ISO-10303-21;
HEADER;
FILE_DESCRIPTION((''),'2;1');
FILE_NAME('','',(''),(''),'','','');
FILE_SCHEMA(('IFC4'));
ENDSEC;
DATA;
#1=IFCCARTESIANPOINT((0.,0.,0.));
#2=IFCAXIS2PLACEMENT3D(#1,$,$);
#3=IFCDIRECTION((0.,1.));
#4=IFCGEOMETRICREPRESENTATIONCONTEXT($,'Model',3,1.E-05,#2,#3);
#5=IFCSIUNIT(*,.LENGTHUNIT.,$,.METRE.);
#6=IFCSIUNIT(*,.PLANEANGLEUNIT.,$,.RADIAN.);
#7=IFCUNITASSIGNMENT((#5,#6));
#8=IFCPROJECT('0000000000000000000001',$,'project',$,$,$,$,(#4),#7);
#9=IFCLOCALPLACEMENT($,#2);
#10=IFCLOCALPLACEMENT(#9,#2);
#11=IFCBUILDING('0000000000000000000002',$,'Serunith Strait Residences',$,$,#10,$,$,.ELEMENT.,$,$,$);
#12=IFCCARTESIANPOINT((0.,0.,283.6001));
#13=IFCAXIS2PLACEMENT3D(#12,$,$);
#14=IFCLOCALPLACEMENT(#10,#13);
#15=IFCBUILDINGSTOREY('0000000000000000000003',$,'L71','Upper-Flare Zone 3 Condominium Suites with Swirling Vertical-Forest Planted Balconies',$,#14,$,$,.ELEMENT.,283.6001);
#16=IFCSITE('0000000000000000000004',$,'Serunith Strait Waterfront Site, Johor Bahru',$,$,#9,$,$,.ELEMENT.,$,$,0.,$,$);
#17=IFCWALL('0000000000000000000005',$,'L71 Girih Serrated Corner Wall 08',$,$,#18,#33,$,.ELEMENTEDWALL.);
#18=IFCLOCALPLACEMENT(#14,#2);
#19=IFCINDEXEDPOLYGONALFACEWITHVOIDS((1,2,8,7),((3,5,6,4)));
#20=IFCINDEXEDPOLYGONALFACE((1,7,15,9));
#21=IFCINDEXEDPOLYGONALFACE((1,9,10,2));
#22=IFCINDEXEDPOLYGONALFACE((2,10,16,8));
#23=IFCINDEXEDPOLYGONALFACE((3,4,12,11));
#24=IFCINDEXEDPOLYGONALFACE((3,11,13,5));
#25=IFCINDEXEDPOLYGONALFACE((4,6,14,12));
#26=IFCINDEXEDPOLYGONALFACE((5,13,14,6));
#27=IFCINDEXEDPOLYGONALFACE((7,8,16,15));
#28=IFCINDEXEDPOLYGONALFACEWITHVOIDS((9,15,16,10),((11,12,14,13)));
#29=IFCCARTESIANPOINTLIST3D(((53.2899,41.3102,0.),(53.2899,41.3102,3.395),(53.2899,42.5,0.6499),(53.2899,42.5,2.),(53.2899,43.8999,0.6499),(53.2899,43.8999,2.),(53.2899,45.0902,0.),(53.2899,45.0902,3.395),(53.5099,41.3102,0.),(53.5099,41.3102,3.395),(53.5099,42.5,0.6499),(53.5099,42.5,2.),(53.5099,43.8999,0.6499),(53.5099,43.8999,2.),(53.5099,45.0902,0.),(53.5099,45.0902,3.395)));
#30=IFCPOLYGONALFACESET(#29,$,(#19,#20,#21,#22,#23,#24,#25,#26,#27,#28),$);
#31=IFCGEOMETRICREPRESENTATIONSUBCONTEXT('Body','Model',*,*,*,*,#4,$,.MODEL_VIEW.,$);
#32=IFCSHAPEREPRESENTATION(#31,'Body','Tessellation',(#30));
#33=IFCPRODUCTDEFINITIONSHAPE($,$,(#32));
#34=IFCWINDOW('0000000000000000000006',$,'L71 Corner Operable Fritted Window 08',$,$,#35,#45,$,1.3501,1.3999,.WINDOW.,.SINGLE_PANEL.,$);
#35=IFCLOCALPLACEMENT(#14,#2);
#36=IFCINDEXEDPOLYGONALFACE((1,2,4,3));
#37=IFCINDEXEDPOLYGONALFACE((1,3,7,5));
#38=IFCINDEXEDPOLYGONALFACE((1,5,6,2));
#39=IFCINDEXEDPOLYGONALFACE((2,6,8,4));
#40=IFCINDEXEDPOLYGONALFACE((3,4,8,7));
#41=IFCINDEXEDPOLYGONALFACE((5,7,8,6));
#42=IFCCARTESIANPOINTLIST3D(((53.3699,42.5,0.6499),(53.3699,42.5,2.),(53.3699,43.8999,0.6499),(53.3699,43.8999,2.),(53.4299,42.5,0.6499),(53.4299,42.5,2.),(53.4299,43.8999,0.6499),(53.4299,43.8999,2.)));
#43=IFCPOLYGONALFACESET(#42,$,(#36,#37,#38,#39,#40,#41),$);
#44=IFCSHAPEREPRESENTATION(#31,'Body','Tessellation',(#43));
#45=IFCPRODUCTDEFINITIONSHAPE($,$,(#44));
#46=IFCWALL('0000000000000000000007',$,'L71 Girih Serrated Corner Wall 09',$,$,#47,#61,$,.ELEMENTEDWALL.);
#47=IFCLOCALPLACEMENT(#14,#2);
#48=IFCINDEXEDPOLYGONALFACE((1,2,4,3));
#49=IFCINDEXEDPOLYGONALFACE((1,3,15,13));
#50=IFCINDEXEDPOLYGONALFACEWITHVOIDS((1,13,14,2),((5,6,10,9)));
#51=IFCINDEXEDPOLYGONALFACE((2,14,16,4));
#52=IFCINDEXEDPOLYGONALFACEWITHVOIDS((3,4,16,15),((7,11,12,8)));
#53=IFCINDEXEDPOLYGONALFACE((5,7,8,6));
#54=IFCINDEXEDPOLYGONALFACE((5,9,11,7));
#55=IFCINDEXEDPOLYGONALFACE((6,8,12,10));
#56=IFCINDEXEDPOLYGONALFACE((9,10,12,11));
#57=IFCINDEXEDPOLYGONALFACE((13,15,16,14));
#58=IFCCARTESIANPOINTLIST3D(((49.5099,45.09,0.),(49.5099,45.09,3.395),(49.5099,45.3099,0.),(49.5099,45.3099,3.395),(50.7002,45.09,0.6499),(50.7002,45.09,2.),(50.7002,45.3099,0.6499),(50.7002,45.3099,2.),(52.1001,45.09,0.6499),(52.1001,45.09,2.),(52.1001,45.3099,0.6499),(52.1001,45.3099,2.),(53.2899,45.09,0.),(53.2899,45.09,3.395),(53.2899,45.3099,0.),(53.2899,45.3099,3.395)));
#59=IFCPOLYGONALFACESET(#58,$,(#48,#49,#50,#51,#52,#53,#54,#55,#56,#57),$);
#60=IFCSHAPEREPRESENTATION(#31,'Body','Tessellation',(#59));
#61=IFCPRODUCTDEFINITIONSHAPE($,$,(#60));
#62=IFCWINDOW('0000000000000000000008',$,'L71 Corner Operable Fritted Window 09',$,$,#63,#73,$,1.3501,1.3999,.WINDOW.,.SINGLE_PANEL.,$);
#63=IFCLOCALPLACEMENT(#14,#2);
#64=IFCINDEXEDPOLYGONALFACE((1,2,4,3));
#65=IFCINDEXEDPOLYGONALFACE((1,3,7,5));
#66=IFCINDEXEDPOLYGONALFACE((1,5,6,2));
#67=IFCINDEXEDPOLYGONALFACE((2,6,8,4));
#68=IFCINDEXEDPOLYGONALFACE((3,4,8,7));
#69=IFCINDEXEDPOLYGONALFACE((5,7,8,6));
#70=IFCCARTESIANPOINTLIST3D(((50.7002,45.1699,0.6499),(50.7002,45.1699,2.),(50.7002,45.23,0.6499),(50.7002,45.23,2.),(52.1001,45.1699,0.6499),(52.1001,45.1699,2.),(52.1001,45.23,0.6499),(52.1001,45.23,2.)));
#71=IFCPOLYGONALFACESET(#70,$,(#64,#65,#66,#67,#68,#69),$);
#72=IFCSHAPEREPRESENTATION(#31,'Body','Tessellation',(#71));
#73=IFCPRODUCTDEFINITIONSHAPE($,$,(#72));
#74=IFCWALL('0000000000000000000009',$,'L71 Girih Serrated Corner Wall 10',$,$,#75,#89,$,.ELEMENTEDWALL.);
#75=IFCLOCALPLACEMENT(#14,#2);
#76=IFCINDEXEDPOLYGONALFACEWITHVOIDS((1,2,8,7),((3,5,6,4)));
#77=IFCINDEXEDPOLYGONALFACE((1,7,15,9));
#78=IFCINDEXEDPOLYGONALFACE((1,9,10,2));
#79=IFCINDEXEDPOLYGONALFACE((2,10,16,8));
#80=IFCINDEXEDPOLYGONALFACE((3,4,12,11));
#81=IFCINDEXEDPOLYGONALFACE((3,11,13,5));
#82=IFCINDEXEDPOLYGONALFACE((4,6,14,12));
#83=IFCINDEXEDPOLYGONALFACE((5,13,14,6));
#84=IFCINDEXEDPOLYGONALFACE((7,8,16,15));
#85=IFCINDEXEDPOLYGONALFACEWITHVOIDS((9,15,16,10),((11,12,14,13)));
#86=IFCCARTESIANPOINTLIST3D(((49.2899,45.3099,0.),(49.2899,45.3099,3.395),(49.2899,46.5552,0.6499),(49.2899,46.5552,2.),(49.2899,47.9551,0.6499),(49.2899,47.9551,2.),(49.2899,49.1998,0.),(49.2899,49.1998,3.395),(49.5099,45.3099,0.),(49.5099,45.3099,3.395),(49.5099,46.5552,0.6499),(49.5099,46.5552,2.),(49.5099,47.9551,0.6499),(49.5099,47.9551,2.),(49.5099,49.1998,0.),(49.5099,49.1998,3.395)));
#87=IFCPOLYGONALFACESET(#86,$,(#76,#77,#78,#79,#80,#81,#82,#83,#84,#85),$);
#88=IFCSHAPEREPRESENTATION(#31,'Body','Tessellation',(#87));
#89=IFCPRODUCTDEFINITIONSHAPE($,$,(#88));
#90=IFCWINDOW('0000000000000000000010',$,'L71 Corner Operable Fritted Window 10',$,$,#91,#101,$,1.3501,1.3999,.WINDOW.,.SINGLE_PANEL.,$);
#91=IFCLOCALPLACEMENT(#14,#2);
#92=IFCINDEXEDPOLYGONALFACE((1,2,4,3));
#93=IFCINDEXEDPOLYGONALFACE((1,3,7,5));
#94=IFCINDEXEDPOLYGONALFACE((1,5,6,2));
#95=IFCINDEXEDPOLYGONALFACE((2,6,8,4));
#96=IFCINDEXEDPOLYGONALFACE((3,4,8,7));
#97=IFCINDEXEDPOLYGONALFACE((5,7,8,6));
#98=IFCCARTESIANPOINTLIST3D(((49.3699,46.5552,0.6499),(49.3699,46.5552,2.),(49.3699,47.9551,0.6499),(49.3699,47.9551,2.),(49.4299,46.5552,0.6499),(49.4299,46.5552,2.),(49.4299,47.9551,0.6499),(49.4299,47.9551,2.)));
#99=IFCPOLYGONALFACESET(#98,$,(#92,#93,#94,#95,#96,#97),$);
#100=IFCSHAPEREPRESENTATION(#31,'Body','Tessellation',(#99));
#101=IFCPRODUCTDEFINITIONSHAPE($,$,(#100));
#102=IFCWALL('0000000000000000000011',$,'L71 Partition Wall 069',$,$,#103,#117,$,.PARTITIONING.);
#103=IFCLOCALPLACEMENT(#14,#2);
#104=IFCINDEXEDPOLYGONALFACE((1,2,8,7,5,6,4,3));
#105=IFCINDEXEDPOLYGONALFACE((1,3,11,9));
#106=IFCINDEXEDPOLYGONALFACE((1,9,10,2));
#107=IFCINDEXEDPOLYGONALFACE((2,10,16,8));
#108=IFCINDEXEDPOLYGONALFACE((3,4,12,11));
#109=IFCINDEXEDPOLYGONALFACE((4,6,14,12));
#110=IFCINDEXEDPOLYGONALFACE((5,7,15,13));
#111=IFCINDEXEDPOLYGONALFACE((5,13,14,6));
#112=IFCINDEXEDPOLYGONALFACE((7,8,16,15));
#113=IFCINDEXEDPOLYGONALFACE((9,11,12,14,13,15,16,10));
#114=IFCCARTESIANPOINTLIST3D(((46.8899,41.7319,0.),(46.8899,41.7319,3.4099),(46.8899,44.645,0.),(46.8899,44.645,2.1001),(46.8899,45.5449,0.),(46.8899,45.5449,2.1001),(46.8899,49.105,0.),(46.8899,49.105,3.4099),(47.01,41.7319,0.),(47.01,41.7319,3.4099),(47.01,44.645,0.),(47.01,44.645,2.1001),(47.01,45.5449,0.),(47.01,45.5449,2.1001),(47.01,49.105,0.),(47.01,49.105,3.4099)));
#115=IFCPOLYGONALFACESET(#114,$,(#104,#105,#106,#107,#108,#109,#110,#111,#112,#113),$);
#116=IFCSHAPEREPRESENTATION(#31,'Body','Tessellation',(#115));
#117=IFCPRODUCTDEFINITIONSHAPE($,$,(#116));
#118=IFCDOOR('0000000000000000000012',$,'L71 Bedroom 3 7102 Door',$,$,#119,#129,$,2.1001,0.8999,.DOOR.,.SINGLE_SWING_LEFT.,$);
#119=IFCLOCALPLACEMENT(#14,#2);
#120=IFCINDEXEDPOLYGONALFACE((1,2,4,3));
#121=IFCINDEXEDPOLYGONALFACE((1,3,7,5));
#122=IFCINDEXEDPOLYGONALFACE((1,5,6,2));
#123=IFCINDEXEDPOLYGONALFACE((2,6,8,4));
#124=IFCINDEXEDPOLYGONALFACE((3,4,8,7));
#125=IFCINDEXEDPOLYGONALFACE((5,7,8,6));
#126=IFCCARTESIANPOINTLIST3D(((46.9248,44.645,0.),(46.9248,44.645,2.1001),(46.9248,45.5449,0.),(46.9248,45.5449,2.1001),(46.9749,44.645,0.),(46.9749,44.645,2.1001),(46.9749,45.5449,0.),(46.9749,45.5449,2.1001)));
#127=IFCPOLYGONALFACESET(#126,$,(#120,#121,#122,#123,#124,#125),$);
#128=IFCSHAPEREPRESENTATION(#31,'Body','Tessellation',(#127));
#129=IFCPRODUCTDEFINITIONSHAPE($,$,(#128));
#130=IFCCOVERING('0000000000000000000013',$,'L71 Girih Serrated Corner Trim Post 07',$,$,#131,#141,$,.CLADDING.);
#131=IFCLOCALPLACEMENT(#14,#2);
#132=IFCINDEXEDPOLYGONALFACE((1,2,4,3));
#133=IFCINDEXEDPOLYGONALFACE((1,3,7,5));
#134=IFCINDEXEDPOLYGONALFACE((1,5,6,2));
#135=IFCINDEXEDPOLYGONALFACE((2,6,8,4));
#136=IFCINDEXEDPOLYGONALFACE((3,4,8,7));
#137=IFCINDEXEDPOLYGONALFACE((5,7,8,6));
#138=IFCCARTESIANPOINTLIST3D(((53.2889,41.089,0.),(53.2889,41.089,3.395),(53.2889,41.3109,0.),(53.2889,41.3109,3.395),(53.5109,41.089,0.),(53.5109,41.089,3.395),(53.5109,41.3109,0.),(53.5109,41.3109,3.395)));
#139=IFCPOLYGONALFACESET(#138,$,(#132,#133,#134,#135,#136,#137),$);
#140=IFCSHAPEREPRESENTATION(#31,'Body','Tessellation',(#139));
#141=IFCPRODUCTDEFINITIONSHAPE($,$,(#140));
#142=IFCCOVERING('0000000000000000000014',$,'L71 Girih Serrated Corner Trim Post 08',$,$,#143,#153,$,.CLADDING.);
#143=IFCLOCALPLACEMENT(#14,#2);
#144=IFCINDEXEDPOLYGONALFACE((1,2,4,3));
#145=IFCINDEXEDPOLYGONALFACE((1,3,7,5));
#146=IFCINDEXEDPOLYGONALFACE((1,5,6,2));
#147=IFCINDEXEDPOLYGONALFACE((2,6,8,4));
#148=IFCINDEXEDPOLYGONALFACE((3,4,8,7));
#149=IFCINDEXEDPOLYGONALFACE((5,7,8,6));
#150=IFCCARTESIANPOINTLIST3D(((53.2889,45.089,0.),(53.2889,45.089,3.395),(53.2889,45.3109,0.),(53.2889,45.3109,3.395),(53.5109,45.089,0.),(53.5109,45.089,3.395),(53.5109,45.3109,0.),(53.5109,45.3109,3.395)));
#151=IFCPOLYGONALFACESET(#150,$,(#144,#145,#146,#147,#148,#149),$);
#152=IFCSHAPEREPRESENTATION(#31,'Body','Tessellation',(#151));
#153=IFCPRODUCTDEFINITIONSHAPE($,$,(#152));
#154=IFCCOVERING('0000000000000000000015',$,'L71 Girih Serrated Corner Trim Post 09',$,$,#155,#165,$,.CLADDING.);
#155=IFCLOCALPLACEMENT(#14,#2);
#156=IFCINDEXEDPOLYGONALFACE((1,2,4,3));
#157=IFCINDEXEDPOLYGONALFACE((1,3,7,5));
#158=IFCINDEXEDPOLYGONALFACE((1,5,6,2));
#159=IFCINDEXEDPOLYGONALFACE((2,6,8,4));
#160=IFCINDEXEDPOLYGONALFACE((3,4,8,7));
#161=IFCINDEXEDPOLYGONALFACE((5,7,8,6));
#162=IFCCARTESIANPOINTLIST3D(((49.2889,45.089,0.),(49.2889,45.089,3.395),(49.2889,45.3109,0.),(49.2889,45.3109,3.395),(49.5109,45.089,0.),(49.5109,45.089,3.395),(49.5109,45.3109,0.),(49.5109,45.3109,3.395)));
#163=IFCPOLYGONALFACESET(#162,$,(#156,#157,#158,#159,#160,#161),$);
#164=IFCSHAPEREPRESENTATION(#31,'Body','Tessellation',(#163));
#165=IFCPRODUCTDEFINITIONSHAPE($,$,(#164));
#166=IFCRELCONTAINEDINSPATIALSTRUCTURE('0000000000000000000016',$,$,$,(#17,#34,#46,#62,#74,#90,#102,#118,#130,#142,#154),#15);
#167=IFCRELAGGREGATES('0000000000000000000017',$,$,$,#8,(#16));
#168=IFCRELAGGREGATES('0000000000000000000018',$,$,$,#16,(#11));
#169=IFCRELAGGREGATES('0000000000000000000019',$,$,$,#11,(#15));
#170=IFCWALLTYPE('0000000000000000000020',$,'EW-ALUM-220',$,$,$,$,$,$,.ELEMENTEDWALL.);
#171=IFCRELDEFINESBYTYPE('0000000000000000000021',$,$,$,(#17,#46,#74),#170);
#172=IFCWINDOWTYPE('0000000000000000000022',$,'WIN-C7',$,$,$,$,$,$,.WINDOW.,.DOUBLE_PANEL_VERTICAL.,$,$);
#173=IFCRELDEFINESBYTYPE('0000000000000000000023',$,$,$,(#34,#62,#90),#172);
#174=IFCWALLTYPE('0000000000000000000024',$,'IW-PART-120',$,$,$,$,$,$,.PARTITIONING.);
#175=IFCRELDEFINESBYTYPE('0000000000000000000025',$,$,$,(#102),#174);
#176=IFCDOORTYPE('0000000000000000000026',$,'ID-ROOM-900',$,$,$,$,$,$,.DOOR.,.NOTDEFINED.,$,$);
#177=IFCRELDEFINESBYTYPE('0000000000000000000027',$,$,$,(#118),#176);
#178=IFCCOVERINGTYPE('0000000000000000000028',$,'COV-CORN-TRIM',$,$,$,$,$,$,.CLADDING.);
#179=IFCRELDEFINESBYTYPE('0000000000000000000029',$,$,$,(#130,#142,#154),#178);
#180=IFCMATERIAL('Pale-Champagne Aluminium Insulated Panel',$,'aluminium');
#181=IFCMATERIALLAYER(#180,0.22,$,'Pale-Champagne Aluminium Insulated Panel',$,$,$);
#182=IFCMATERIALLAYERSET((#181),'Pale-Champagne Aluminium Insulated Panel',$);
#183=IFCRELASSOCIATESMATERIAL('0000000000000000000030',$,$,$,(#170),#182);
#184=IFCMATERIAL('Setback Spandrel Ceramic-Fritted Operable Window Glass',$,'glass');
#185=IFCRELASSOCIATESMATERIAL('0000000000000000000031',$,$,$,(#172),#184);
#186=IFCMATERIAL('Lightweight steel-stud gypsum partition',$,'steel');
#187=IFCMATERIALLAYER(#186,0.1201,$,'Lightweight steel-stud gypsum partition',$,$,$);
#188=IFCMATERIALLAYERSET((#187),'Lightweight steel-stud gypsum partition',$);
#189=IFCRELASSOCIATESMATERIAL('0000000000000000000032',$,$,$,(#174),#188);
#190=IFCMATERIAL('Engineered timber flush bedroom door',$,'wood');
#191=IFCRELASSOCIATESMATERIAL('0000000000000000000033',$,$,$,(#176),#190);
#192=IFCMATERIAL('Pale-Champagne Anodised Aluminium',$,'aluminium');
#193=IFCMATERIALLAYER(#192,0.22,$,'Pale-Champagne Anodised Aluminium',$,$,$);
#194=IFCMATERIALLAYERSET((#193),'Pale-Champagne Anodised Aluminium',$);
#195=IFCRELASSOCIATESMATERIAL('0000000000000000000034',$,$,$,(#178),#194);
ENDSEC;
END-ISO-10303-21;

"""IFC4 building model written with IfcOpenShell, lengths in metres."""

from ifc_helpers import new_model, si_unit, direction, frame, frame_2d, origin, origin_2d, place, context, subcontext, project, spatial, rectangle, extrude, source, transform, mapped, material, layer, layer_set, type_object, element, fill, save


model = new_model("IFC4")

# Units and contexts
model_context = context("Model", 3, precision=1e-05, world=origin(), true_north=direction((0.0, 1.0)))
body_context = subcontext(model_context, "Body", "Model", "MODEL_VIEW")
ifc_project = project(units=[si_unit("LENGTHUNIT", "METRE"), si_unit("PLANEANGLEUNIT", "RADIAN")], contexts=[model_context])

# Site, building, storey
site_placement = place(None, origin())
site = spatial("IfcSite", under=ifc_project, at=site_placement, Name="Serunith Strait Waterfront Site, Johor Bahru", CompositionType="ELEMENT", RefElevation=0.0)
building_placement = place(site_placement, origin())
building = spatial("IfcBuilding", under=site, at=building_placement, Name="Serunith Strait Residences", CompositionType="ELEMENT")
storey_placement = place(building_placement, frame((0.0, 0.0, 283.6001)))
storey = spatial("IfcBuildingStorey", under=building, at=storey_placement, Name="L71", Description="Upper-Flare Zone 3 Condominium Suites with Swirling Vertical-Forest Planted Balconies", CompositionType="ELEMENT", Elevation=283.6001)

# Shared definitions
ifc_material_1 = material(Name="Pale-Champagne Anodised Aluminium", Category="aluminium")

# Walls, openings, windows
ifc_material_2 = material(Name="Pale-Champagne Aluminium Insulated Panel", Category="aluminium")
ifc_layer_1 = layer(ifc_material_2, 0.22, Name="Pale-Champagne Aluminium Insulated Panel")
ifc_layer_set_1 = layer_set([ifc_layer_1], Name="Pale-Champagne Aluminium Insulated Panel")
wall_type_1 = type_object("IfcWallType", Name="EW-ALUM-220", PredefinedType="ELEMENTEDWALL", material=ifc_layer_set_1)
ifc_material_3 = material(Name="Setback Spandrel Ceramic-Fritted Operable Window Glass", Category="glass")
window_type = type_object("IfcWindowType", Name="WIN-C7", PartitioningType="DOUBLE_PANEL_VERTICAL", PredefinedType="WINDOW", material=ifc_material_3)
shared_shape_1 = source(origin(), body_context, "Body", "SweptSolid", [
    extrude(rectangle(XDim=1.3999, YDim=1.3501, at=frame_2d((0.7, 0.675))), frame((0.0, 0.03, 0.0), z_axis=(0.0, -1.0, 0.0), x_axis=(1.0, 0.0, 0.0)), (0.0, 0.0, 1.0), 0.0601),
])
wall_1_placement = place(storey_placement, frame((53.3999, 41.3101, 0.0), z_axis=(0.0, 0.0, 1.0), x_axis=(0.0, 1.0, 0.0)))
wall_1 = element("IfcWall", 1, at=wall_1_placement, inside=storey, type_object=wall_type_1, Name="L71 Girih Serrated Corner Wall 08", PredefinedType="ELEMENTEDWALL", context=body_context, shape_type="SweptSolid", body=[
    extrude(rectangle(XDim=3.78, YDim=0.22, at=frame_2d((1.8901, 0.0))), origin(), (0.0, 0.0, 1.0), 3.395),
])
opening_1_placement = place(wall_1_placement, frame((1.1899, 0.0, 0.6499)))
opening_1 = element("IfcOpeningElement", 2, at=opening_1_placement, cuts=wall_1, PredefinedType="OPENING", context=body_context, shape_type="SweptSolid", body=[
    extrude(rectangle(XDim=1.3999, YDim=1.3501, at=frame_2d((0.7, 0.675))), frame((0.0, 0.1201, 0.0), z_axis=(0.0, -1.0, 0.0), x_axis=(1.0, 0.0, 0.0)), (0.0, 0.0, 1.0), 0.24),
])
window_1_placement = place(opening_1_placement, origin())
window_1 = element("IfcWindow", 3, at=window_1_placement, inside=storey, type_object=window_type, Name="L71 Corner Operable Fritted Window 08", OverallHeight=1.3501, OverallWidth=1.3999, PartitioningType="SINGLE_PANEL", PredefinedType="WINDOW", context=body_context, shape_type="MappedRepresentation", body=[
    mapped(shared_shape_1, transform((0.0, 0.0, 0.0), scale=1.0)),
])
fill(opening_1, window_1)
wall_2_placement = place(storey_placement, frame((53.29, 45.2, 0.0), z_axis=(0.0, 0.0, 1.0), x_axis=(-1.0, 0.0, 0.0)))
wall_2 = element("IfcWall", 4, at=wall_2_placement, inside=storey, type_object=wall_type_1, Name="L71 Girih Serrated Corner Wall 09", PredefinedType="ELEMENTEDWALL", context=body_context, shape_type="SweptSolid", body=[
    extrude(rectangle(XDim=3.78, YDim=0.22, at=frame_2d((1.8901, 0.0))), origin(), (0.0, 0.0, 1.0), 3.395),
])
opening_2_placement = place(wall_2_placement, frame((1.1899, 0.0, 0.6499)))
opening_2 = element("IfcOpeningElement", 5, at=opening_2_placement, cuts=wall_2, PredefinedType="OPENING", context=body_context, shape_type="SweptSolid", body=[
    extrude(rectangle(XDim=1.3999, YDim=1.3501, at=frame_2d((0.7, 0.675))), frame((0.0, 0.1201, 0.0), z_axis=(0.0, -1.0, 0.0), x_axis=(1.0, 0.0, 0.0)), (0.0, 0.0, 1.0), 0.24),
])
window_2_placement = place(opening_2_placement, origin())
window_2 = element("IfcWindow", 6, at=window_2_placement, inside=storey, type_object=window_type, Name="L71 Corner Operable Fritted Window 09", OverallHeight=1.3501, OverallWidth=1.3999, PartitioningType="SINGLE_PANEL", PredefinedType="WINDOW", context=body_context, shape_type="MappedRepresentation", body=[
    mapped(shared_shape_1, transform((0.0, 0.0, 0.0), scale=1.0)),
])
fill(opening_2, window_2)
wall_3_placement = place(storey_placement, frame((49.3999, 45.3101, 0.0), z_axis=(0.0, 0.0, 1.0), x_axis=(0.0, 1.0, 0.0)))
wall_3 = element("IfcWall", 7, at=wall_3_placement, inside=storey, type_object=wall_type_1, Name="L71 Girih Serrated Corner Wall 10", PredefinedType="ELEMENTEDWALL", context=body_context, shape_type="SweptSolid", body=[
    extrude(rectangle(XDim=3.8899, YDim=0.22, at=frame_2d((1.9448, 0.0))), origin(), (0.0, 0.0, 1.0), 3.395),
])
opening_3_placement = place(wall_3_placement, frame((1.2451, 0.0, 0.6499)))
opening_3 = element("IfcOpeningElement", 8, at=opening_3_placement, cuts=wall_3, PredefinedType="OPENING", context=body_context, shape_type="SweptSolid", body=[
    extrude(rectangle(XDim=1.3999, YDim=1.3501, at=frame_2d((0.7, 0.675))), frame((0.0, 0.1201, 0.0), z_axis=(0.0, -1.0, 0.0), x_axis=(1.0, 0.0, 0.0)), (0.0, 0.0, 1.0), 0.24),
])
window_3_placement = place(opening_3_placement, origin())
window_3 = element("IfcWindow", 9, at=window_3_placement, inside=storey, type_object=window_type, Name="L71 Corner Operable Fritted Window 10", OverallHeight=1.3501, OverallWidth=1.3999, PartitioningType="SINGLE_PANEL", PredefinedType="WINDOW", context=body_context, shape_type="MappedRepresentation", body=[
    mapped(shared_shape_1, transform((0.0, 0.0, 0.0), scale=1.0)),
])
fill(opening_3, window_3)

# Wall, opening, door
ifc_material_4 = material(Name="Lightweight steel-stud gypsum partition", Category="steel")
ifc_layer_2 = layer(ifc_material_4, 0.1201, Name="Lightweight steel-stud gypsum partition")
ifc_layer_set_2 = layer_set([ifc_layer_2], Name="Lightweight steel-stud gypsum partition")
wall_type_2 = type_object("IfcWallType", Name="IW-PART-120", PredefinedType="PARTITIONING", material=ifc_layer_set_2)
wall_4_placement = place(storey_placement, frame((46.95, 49.105, 0.0), z_axis=(0.0, 0.0, 1.0), x_axis=(0.0, -1.0, 0.0)))
wall_4 = element("IfcWall", 10, at=wall_4_placement, inside=storey, type_object=wall_type_2, Name="L71 Partition Wall 069", PredefinedType="PARTITIONING", context=body_context, shape_type="SweptSolid", body=[
    extrude(rectangle(XDim=7.373, YDim=0.1201, at=frame_2d((3.6865, 0.0))), origin(), (0.0, 0.0, 1.0), 3.4099),
])
opening_4_placement = place(wall_4_placement, frame((3.5601, 0.0, 0.0)))
opening_4 = element("IfcOpeningElement", 11, at=opening_4_placement, cuts=wall_4, PredefinedType="OPENING", context=body_context, shape_type="SweptSolid", body=[
    extrude(rectangle(XDim=0.8999, YDim=2.1001, at=frame_2d((0.45, 1.05))), frame((0.0, 0.0701, 0.0), z_axis=(0.0, -1.0, 0.0), x_axis=(1.0, 0.0, 0.0)), (0.0, 0.0, 1.0), 0.1401),
])
ifc_material_5 = material(Name="Engineered timber flush bedroom door", Category="wood")
door_type = type_object("IfcDoorType", Name="ID-ROOM-900", OperationType="NOTDEFINED", PredefinedType="DOOR", material=ifc_material_5)
shared_shape_2 = source(origin(), body_context, "Body", "SweptSolid", [
    extrude(rectangle(XDim=0.8999, YDim=2.1001, at=frame_2d((0.45, 1.05))), frame((0.0, 0.0249, 0.0), z_axis=(0.0, -1.0, 0.0), x_axis=(1.0, 0.0, 0.0)), (0.0, 0.0, 1.0), 0.05),
])
door_placement = place(opening_4_placement, origin())
door = element("IfcDoor", 12, at=door_placement, inside=storey, type_object=door_type, Name="L71 Bedroom 3 7102 Door", OperationType="SINGLE_SWING_LEFT", OverallHeight=2.1001, OverallWidth=0.8999, PredefinedType="DOOR", context=body_context, shape_type="MappedRepresentation", body=[
    mapped(shared_shape_2, transform((0.0, 0.0, 0.0), scale=1.0)),
])
fill(opening_4, door)

# Coverings
ifc_layer_3 = layer(ifc_material_1, 0.22, Name="Pale-Champagne Anodised Aluminium")
ifc_layer_set_3 = layer_set([ifc_layer_3], Name="Pale-Champagne Anodised Aluminium")
covering_type = type_object("IfcCoveringType", Name="COV-CORN-TRIM", PredefinedType="CLADDING", material=ifc_layer_set_3)
shared_shape_3 = source(origin(), body_context, "Body", "SweptSolid", [
    extrude(rectangle(XDim=0.2219, YDim=0.2219, at=origin_2d()), origin(), (0.0, 0.0, 1.0), 3.395),
])
for number, where, z_axis, x_axis, name in (
    (13, (53.3999, 41.2, 0.0), (0.0, 0.0, 1.0), (1.0, 0.0, 0.0), "L71 Girih Serrated Corner Trim Post 07"),
    (14, (53.3999, 45.2, 0.0), (0.0, 0.0, 1.0), (1.0, 0.0, 0.0), "L71 Girih Serrated Corner Trim Post 08"),
    (15, (49.3999, 45.2, 0.0), (0.0, 0.0, 1.0), (1.0, 0.0, 0.0), "L71 Girih Serrated Corner Trim Post 09"),
):
    element("IfcCovering", number, at=place(storey_placement, frame(where, z_axis=z_axis, x_axis=x_axis)), inside=storey, type_object=covering_type, Name=name, PredefinedType="CLADDING", context=body_context, shape_type="MappedRepresentation", body=[
        mapped(shared_shape_3, transform((0.0, 0.0, 0.0), scale=1.0)),
    ])

save(model, "model.ifc")
